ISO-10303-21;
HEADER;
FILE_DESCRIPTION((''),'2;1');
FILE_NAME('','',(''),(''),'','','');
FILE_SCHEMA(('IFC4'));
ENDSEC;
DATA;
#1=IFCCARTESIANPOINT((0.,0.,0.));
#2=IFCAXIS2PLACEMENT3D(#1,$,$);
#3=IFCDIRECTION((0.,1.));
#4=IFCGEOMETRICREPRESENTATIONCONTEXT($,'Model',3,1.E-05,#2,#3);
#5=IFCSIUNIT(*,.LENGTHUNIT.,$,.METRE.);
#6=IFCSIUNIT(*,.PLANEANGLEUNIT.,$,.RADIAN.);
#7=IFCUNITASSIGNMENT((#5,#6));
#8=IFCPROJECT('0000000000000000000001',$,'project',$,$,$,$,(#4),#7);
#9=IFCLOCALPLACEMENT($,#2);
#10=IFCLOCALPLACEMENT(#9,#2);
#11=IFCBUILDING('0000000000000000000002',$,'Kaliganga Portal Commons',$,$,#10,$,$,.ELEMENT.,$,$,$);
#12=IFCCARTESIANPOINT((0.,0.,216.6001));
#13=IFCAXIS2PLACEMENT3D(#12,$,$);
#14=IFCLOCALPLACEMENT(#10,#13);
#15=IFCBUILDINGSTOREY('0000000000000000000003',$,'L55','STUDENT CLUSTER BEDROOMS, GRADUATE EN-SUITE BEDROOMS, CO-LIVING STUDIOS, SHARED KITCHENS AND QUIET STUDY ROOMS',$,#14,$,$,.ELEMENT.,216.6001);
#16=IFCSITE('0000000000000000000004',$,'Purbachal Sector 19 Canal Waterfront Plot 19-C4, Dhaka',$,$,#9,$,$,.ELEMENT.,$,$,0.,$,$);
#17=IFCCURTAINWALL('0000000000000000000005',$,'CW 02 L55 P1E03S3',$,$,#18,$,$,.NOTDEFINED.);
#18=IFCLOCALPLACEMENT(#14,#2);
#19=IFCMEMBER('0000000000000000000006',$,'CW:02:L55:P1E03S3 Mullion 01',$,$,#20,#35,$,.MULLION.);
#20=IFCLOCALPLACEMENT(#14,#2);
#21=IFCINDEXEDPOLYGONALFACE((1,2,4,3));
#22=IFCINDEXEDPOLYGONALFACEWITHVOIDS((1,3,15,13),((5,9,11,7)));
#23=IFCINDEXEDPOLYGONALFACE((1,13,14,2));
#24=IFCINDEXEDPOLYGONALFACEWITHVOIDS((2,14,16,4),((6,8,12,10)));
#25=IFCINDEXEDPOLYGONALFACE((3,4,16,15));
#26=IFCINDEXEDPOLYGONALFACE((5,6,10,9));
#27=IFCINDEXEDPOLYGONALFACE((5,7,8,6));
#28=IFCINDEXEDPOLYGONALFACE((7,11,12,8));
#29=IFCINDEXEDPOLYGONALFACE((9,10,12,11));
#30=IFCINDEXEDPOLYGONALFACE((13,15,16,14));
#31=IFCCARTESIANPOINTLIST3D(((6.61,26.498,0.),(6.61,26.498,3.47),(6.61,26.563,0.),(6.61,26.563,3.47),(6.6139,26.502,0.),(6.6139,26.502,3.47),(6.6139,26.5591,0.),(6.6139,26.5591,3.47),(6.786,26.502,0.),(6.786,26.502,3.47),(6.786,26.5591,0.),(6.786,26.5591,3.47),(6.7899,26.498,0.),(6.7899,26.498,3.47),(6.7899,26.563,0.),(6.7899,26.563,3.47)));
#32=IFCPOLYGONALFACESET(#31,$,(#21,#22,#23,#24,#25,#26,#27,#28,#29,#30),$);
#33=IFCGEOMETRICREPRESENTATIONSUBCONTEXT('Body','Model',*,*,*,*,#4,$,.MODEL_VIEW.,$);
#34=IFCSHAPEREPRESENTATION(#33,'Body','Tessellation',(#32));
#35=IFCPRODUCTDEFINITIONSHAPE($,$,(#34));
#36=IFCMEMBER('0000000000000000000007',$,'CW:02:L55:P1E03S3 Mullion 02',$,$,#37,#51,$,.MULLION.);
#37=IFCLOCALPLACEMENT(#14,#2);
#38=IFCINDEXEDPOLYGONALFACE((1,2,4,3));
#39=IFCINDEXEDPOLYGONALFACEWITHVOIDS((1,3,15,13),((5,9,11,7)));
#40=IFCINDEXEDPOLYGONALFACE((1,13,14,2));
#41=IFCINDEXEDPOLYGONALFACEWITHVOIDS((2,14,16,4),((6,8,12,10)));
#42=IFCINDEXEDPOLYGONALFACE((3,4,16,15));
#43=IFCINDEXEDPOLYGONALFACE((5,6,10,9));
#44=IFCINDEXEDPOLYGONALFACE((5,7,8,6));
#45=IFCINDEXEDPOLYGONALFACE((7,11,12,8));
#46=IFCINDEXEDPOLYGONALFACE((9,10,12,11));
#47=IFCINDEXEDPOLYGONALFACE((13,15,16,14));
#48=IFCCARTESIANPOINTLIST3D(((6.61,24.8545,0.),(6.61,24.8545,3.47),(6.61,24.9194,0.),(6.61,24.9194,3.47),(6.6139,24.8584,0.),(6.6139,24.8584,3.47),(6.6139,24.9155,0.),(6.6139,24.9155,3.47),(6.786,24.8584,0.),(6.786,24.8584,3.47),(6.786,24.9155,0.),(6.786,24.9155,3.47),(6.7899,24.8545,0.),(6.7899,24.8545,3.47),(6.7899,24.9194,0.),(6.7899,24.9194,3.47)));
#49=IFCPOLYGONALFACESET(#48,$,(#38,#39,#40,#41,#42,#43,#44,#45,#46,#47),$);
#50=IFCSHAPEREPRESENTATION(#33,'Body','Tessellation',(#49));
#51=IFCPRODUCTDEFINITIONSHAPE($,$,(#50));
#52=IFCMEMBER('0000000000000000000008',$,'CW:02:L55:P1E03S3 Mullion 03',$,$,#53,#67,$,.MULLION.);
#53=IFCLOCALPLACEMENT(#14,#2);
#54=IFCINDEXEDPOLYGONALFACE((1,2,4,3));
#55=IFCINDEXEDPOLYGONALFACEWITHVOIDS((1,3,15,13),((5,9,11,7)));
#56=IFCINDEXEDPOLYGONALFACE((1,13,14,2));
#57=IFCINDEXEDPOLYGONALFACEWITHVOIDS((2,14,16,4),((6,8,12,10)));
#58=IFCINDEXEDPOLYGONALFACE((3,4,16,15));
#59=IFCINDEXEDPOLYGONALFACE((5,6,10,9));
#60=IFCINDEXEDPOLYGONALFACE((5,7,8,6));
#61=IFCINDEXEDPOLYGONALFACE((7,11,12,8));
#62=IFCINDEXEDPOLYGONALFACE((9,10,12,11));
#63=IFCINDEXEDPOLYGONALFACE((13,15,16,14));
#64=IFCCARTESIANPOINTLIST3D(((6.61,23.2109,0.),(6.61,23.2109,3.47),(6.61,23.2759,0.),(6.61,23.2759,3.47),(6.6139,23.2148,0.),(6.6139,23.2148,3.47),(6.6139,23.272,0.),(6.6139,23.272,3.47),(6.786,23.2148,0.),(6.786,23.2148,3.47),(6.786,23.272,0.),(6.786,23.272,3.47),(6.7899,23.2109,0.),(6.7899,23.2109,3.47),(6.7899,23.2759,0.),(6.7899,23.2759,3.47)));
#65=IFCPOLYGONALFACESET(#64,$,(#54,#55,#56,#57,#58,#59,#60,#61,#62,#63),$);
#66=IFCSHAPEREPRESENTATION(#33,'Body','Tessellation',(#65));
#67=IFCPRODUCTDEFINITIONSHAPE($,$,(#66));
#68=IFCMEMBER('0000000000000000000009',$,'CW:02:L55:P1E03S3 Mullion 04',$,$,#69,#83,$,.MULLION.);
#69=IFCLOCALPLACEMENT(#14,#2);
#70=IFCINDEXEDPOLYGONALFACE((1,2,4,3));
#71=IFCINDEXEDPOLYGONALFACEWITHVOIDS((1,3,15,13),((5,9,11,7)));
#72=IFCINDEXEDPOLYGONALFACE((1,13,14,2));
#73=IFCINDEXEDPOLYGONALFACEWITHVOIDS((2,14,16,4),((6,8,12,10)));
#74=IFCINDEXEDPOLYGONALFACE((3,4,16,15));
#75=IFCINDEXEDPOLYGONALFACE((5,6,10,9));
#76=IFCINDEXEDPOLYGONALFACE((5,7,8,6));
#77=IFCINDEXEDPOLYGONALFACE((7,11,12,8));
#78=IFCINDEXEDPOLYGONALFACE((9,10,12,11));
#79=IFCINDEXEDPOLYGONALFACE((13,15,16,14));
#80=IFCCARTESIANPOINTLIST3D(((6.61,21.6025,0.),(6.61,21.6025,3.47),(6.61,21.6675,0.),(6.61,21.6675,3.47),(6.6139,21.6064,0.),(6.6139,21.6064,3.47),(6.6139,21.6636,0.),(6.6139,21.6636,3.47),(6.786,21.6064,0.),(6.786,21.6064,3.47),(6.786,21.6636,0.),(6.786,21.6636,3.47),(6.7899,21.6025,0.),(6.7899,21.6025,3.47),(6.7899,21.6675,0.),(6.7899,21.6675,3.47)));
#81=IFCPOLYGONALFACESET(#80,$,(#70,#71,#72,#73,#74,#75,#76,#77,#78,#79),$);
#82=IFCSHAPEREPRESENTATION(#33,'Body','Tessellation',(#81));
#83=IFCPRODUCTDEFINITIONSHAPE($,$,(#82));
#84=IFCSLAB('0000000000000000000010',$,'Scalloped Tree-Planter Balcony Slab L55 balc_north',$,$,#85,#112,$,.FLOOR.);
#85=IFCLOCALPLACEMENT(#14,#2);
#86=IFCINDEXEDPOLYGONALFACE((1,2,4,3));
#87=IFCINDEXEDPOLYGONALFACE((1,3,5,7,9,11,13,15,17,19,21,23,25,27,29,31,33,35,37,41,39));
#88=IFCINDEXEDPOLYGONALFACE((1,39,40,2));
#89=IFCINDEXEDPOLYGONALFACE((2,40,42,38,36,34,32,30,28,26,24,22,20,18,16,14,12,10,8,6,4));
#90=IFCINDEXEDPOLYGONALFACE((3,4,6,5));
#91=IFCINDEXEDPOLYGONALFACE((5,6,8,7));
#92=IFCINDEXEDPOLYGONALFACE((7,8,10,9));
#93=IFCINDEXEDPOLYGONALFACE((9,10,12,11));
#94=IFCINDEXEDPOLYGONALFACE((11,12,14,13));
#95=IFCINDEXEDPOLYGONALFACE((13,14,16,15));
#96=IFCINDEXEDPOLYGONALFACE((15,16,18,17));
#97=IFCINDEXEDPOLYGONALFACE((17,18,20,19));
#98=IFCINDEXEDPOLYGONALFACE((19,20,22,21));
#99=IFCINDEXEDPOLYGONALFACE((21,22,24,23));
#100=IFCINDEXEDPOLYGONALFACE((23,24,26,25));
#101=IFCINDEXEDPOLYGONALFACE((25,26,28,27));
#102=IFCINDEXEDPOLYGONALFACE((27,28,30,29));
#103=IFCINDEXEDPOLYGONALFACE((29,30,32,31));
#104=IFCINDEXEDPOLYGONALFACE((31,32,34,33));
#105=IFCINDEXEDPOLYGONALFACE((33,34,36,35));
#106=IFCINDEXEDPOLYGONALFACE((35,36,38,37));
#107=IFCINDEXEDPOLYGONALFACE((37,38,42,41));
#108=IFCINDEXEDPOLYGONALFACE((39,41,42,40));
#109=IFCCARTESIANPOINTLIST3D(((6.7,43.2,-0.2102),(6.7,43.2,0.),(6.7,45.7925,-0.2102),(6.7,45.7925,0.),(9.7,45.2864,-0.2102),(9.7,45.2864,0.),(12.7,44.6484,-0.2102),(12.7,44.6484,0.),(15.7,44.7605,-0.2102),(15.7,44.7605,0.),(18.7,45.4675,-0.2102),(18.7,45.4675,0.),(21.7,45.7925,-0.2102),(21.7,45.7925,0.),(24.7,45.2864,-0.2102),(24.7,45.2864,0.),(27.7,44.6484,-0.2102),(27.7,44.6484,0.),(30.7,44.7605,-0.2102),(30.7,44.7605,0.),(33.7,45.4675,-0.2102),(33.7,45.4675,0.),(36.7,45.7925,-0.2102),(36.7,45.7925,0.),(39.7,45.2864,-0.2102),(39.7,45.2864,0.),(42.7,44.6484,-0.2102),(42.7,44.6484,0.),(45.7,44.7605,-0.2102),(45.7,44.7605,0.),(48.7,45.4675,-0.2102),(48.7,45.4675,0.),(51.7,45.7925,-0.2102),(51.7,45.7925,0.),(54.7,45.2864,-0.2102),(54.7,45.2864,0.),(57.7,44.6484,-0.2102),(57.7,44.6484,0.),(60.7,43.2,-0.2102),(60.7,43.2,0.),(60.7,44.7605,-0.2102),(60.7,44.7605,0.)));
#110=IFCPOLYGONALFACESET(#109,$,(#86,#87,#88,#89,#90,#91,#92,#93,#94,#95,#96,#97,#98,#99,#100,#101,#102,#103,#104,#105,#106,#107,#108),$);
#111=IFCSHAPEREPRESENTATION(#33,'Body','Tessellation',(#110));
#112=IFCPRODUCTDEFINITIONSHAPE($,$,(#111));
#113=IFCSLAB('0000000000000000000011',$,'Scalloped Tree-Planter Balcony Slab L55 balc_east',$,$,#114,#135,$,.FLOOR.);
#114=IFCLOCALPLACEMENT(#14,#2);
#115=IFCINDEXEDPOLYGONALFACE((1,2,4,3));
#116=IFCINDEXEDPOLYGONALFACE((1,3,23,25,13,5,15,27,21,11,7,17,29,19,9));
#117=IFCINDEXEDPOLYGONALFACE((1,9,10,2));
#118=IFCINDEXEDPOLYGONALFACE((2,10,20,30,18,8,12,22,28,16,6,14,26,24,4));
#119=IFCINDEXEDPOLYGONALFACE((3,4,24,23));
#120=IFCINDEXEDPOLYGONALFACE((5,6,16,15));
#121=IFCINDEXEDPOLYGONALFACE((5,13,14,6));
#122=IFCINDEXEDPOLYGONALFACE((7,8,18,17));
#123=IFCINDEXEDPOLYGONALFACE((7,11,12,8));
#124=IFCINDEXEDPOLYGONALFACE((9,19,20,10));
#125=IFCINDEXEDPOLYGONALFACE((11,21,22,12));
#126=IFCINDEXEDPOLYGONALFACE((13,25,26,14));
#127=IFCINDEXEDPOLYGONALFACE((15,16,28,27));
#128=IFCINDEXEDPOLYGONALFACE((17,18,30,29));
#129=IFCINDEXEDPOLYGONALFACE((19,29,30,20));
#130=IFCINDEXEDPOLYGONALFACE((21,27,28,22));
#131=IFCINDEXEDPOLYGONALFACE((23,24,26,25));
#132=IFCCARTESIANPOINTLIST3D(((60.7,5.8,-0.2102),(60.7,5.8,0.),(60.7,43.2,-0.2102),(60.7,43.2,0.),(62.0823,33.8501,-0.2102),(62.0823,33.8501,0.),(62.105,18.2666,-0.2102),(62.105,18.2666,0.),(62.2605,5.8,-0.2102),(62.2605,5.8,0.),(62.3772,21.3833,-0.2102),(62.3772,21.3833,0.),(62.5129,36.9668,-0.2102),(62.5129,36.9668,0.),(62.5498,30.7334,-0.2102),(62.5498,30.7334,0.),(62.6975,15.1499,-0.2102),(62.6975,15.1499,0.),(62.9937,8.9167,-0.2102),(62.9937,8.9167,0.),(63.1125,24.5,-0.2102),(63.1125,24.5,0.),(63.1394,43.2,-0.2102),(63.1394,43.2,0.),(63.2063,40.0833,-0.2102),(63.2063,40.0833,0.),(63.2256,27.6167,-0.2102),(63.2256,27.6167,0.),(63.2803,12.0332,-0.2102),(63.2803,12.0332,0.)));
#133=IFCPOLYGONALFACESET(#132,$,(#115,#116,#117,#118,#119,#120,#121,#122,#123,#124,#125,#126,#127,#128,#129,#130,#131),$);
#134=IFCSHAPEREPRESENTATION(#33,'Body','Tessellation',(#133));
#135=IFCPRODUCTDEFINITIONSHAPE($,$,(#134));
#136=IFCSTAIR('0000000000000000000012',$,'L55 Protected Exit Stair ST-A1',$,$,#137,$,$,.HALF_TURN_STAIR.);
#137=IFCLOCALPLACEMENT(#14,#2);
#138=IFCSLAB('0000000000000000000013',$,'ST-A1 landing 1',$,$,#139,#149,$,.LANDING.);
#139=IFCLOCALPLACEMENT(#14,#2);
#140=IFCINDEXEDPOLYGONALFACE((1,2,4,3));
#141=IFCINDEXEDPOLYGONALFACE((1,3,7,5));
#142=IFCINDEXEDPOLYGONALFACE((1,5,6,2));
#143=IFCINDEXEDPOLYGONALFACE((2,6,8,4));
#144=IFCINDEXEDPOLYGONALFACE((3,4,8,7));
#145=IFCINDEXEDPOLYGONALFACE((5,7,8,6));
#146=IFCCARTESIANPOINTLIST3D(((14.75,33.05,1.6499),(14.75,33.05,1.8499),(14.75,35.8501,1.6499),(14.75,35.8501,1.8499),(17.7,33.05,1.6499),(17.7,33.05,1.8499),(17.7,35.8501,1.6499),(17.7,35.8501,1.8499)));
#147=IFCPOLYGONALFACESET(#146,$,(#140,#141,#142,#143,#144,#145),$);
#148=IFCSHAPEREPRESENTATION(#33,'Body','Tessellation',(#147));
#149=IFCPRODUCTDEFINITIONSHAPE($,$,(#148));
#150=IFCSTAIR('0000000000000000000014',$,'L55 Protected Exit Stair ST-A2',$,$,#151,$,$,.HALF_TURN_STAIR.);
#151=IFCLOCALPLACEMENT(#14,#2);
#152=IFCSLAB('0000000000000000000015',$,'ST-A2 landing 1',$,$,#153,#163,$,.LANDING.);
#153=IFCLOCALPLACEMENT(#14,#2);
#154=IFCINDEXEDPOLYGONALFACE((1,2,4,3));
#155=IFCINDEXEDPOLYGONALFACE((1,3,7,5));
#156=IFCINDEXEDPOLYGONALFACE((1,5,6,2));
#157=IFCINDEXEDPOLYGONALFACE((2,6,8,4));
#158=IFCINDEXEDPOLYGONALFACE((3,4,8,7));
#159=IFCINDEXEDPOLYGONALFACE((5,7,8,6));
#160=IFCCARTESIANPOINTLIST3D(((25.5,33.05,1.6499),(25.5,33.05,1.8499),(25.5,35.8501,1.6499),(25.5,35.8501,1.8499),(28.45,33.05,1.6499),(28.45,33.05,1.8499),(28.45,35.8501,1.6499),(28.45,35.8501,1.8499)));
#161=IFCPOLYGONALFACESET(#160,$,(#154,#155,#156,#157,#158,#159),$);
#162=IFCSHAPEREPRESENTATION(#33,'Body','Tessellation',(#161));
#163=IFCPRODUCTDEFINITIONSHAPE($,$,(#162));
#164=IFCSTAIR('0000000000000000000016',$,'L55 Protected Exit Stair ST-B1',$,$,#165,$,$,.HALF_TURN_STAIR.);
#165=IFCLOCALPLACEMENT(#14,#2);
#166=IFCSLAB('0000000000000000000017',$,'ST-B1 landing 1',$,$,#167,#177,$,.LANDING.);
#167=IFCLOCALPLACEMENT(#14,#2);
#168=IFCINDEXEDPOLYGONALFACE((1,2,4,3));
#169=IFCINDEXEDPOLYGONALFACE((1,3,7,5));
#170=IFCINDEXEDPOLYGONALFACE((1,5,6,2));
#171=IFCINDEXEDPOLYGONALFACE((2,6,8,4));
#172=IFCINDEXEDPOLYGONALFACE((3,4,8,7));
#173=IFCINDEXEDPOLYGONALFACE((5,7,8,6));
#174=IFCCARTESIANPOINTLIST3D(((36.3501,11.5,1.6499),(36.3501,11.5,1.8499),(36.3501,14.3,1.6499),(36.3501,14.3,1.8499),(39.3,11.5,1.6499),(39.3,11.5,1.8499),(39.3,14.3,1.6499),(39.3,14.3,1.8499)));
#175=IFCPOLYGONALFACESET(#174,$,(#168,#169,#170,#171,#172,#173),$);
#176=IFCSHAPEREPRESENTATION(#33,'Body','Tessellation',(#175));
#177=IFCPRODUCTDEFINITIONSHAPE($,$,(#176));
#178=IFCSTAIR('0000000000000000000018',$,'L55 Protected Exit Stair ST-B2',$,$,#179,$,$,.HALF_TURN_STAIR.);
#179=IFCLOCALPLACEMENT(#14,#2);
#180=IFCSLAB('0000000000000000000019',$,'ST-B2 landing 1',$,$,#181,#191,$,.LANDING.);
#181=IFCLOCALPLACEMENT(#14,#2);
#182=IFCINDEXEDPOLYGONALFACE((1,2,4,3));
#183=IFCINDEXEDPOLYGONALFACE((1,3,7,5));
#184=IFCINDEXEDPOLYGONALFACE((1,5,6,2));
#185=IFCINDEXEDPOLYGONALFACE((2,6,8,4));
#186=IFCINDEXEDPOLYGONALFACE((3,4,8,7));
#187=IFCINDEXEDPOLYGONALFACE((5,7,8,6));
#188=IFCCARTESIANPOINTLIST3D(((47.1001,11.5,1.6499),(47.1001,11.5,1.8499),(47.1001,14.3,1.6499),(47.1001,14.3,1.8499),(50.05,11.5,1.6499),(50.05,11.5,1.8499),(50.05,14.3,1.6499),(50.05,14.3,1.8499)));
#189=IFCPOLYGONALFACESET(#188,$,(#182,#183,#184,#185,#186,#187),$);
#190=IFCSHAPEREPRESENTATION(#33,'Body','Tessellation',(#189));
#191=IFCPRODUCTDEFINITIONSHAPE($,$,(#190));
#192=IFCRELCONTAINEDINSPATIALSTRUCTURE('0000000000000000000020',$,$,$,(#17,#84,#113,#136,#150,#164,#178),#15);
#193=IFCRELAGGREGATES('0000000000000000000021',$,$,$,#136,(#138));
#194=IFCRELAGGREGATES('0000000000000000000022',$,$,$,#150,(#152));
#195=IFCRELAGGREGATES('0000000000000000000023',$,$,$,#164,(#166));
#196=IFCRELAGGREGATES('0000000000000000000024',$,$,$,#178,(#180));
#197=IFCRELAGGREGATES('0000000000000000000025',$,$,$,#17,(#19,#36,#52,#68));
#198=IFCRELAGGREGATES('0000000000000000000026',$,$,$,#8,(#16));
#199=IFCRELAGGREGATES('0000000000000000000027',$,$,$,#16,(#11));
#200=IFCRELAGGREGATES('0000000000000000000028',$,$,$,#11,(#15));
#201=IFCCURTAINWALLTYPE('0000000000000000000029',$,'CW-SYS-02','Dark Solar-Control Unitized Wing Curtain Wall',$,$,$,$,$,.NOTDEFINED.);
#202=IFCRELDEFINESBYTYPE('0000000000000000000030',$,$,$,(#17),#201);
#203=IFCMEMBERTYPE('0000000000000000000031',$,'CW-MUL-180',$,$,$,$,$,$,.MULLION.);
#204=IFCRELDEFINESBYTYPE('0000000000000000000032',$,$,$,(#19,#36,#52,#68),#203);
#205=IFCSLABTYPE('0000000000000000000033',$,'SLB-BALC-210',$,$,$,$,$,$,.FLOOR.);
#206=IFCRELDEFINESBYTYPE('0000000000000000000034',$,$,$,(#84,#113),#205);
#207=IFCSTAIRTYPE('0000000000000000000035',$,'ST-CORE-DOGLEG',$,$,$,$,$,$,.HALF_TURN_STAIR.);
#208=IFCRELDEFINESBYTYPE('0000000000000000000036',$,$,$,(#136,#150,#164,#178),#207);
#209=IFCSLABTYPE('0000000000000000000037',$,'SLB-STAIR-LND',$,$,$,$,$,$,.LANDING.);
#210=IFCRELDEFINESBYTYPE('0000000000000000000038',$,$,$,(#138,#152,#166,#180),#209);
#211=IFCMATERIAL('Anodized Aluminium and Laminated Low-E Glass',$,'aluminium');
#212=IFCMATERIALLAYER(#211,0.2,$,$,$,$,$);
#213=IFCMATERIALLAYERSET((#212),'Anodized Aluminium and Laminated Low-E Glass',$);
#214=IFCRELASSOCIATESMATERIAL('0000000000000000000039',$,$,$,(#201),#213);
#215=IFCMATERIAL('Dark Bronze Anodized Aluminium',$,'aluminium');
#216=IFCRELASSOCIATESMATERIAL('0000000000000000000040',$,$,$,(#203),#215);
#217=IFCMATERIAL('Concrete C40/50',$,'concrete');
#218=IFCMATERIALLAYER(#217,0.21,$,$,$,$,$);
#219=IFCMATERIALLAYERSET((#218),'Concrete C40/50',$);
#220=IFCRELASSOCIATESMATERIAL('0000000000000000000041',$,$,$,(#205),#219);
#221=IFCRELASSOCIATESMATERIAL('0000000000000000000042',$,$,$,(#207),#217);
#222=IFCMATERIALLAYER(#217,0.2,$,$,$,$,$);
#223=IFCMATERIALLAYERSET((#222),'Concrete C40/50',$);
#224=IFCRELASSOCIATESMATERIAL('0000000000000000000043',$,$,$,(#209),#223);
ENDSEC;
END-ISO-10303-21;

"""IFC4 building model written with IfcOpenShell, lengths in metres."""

from ifc_helpers import new_model, si_unit, direction, frame, origin, origin_2d, place, context, subcontext, project, spatial, polyline, hollow_rectangle, outline, extrude, source, transform, mapped, material, layer, layer_set, material_profile, profile_set, type_object, element, aggregate, save


model = new_model("IFC4")

# Units and contexts
model_context = context("Model", 3, precision=1e-05, world=origin(), true_north=direction((0.0, 1.0)))
body_context = subcontext(model_context, "Body", "Model", "MODEL_VIEW")
ifc_project = project(units=[si_unit("LENGTHUNIT", "METRE"), si_unit("PLANEANGLEUNIT", "RADIAN")], contexts=[model_context])

# Site, building, storey
site_placement = place(None, origin())
site = spatial("IfcSite", under=ifc_project, at=site_placement, Name="Purbachal Sector 19 Canal Waterfront Plot 19-C4, Dhaka", CompositionType="ELEMENT", RefElevation=0.0)
building_placement = place(site_placement, origin())
building = spatial("IfcBuilding", under=site, at=building_placement, Name="Kaliganga Portal Commons", CompositionType="ELEMENT")
storey_placement = place(building_placement, frame((0.0, 0.0, 216.6001)))
storey = spatial("IfcBuildingStorey", under=building, at=storey_placement, Name="L55", Description="STUDENT CLUSTER BEDROOMS, GRADUATE EN-SUITE BEDROOMS, CO-LIVING STUDIOS, SHARED KITCHENS AND QUIET STUDY ROOMS", CompositionType="ELEMENT", Elevation=216.6001)

# Curtain wall, members
ifc_material_1 = material(Name="Anodized Aluminium and Laminated Low-E Glass", Category="aluminium")
ifc_layer_1 = layer(ifc_material_1, 0.2)
ifc_layer_set_1 = layer_set([ifc_layer_1], Name="Anodized Aluminium and Laminated Low-E Glass")
curtain_wall_type = type_object("IfcCurtainWallType", Name="CW-SYS-02", Description="Dark Solar-Control Unitized Wing Curtain Wall", PredefinedType="NOTDEFINED", material=ifc_layer_set_1)
curtain_wall_placement = place(storey_placement, origin())
curtain_wall = element("IfcCurtainWall", 1, at=curtain_wall_placement, inside=storey, type_object=curtain_wall_type, Name="CW 02 L55 P1E03S3", PredefinedType="NOTDEFINED")
ifc_material_2 = material(Name="Dark Bronze Anodized Aluminium", Category="aluminium")
ifc_material_profile = material_profile(ifc_material_2, hollow_rectangle(XDim=0.0649, YDim=0.1799, WallThickness=0.0039, at=origin_2d()), Name="ALU MULL 65x180x4")
ifc_profile_set = profile_set([ifc_material_profile], Name="Dark Bronze Anodized Aluminium")
member_type = type_object("IfcMemberType", Name="CW-MUL-180", PredefinedType="MULLION", material=ifc_profile_set)
shared_shape_1 = source(origin(), body_context, "Body", "SweptSolid", [
    extrude(hollow_rectangle(XDim=0.0649, YDim=0.1799, WallThickness=0.0039, at=origin_2d()), origin(), (0.0, 0.0, 1.0), 3.47),
])
member_1_placement = place(storey_placement, frame((6.7, 26.5305, 0.0), z_axis=(0.0, 0.0, 1.0), x_axis=(0.0, -1.0, 0.0)))
member_1 = element("IfcMember", 2, at=member_1_placement, type_object=member_type, Name="CW:02:L55:P1E03S3 Mullion 01", PredefinedType="MULLION", context=body_context, shape_type="MappedRepresentation", body=[
    mapped(shared_shape_1, transform((0.0, 0.0, 0.0), x_axis=(1.0, 0.0, 0.0), y_axis=(0.0, 1.0, 0.0), z_axis=(0.0, 0.0, 1.0), scale=1.0)),
])
member_2_placement = place(storey_placement, frame((6.7, 24.887, 0.0), z_axis=(0.0, 0.0, 1.0), x_axis=(0.0, -1.0, 0.0)))
member_2 = element("IfcMember", 3, at=member_2_placement, type_object=member_type, Name="CW:02:L55:P1E03S3 Mullion 02", PredefinedType="MULLION", context=body_context, shape_type="MappedRepresentation", body=[
    mapped(shared_shape_1, transform((0.0, 0.0, 0.0), x_axis=(1.0, 0.0, 0.0), y_axis=(0.0, 1.0, 0.0), z_axis=(0.0, 0.0, 1.0), scale=1.0)),
])
member_3_placement = place(storey_placement, frame((6.7, 23.2434, 0.0), z_axis=(0.0, 0.0, 1.0), x_axis=(0.0, -1.0, 0.0)))
member_3 = element("IfcMember", 4, at=member_3_placement, type_object=member_type, Name="CW:02:L55:P1E03S3 Mullion 03", PredefinedType="MULLION", context=body_context, shape_type="MappedRepresentation", body=[
    mapped(shared_shape_1, transform((0.0, 0.0, 0.0), x_axis=(1.0, 0.0, 0.0), y_axis=(0.0, 1.0, 0.0), z_axis=(0.0, 0.0, 1.0), scale=1.0)),
])
member_4_placement = place(storey_placement, frame((6.7, 21.635, 0.0), z_axis=(0.0, 0.0, 1.0), x_axis=(0.0, -1.0, 0.0)))
member_4 = element("IfcMember", 5, at=member_4_placement, type_object=member_type, Name="CW:02:L55:P1E03S3 Mullion 04", PredefinedType="MULLION", context=body_context, shape_type="MappedRepresentation", body=[
    mapped(shared_shape_1, transform((0.0, 0.0, 0.0), x_axis=(1.0, 0.0, 0.0), y_axis=(0.0, 1.0, 0.0), z_axis=(0.0, 0.0, 1.0), scale=1.0)),
])

# Slabs
ifc_material_3 = material(Name="Concrete C40/50", Category="concrete")
ifc_layer_2 = layer(ifc_material_3, 0.21)
ifc_layer_set_2 = layer_set([ifc_layer_2], Name="Concrete C40/50")
slab_type_1 = type_object("IfcSlabType", Name="SLB-BALC-210", PredefinedType="FLOOR", material=ifc_layer_set_2)
slab_1_placement = place(storey_placement, frame((0.0, 0.0, -0.2102)))
element("IfcSlab", 6, at=slab_1_placement, inside=storey, type_object=slab_type_1, Name="Scalloped Tree-Planter Balcony Slab L55 balc_north", PredefinedType="FLOOR", context=body_context, shape_type="SweptSolid", body=[
    extrude(outline(polyline([(60.7, 43.2), (60.7, 44.7605), (57.7, 44.6484), (54.7, 45.2864), (51.7, 45.7925), (48.7, 45.4675), (45.7, 44.7605), (42.7, 44.6484), (39.7, 45.2864), (36.7, 45.7925), (33.7, 45.4675), (30.7, 44.7605), (27.7, 44.6484), (24.7, 45.2864), (21.7, 45.7925), (18.7, 45.4675), (15.7, 44.7605), (12.7, 44.6484), (9.7, 45.2864), (6.7, 45.7925), (6.7, 43.2), (60.7, 43.2)])), origin(), (0.0, 0.0, 1.0), 0.2102),
])
slab_2_placement = place(storey_placement, frame((0.0, 0.0, -0.2102)))
element("IfcSlab", 7, at=slab_2_placement, inside=storey, type_object=slab_type_1, Name="Scalloped Tree-Planter Balcony Slab L55 balc_east", PredefinedType="FLOOR", context=body_context, shape_type="SweptSolid", body=[
    extrude(outline(polyline([(60.7, 5.8), (62.2605, 5.8), (62.9937, 8.9167), (63.2803, 12.0332), (62.6975, 15.1499), (62.105, 18.2666), (62.3772, 21.3833), (63.1125, 24.5), (63.2256, 27.6167), (62.5498, 30.7334), (62.0823, 33.8501), (62.5129, 36.9668), (63.2063, 40.0833), (63.1394, 43.2), (60.7, 43.2), (60.7, 5.8)])), origin(), (0.0, 0.0, 1.0), 0.2102),
])

# Stairs, slabs
stair_type = type_object("IfcStairType", Name="ST-CORE-DOGLEG", PredefinedType="HALF_TURN_STAIR", material=ifc_material_3)
stair_1_placement = place(storey_placement, origin())
stair_1 = element("IfcStair", 8, at=stair_1_placement, inside=storey, type_object=stair_type, Name="L55 Protected Exit Stair ST-A1", PredefinedType="HALF_TURN_STAIR")
ifc_layer_3 = layer(ifc_material_3, 0.2)
ifc_layer_set_3 = layer_set([ifc_layer_3], Name="Concrete C40/50")
slab_type_2 = type_object("IfcSlabType", Name="SLB-STAIR-LND", PredefinedType="LANDING", material=ifc_layer_set_3)
slab_3_placement = place(storey_placement, frame((0.0, 0.0, 1.6499)))
slab_3 = element("IfcSlab", 9, at=slab_3_placement, type_object=slab_type_2, Name="ST-A1 landing 1", PredefinedType="LANDING", context=body_context, shape_type="SweptSolid", body=[
    extrude(outline(polyline([(17.7, 33.05), (17.7, 35.8501), (14.75, 35.8501), (14.75, 33.05), (17.7, 33.05)])), origin(), (0.0, 0.0, 1.0), 0.2),
])
aggregate(stair_1, [slab_3])
stair_2_placement = place(storey_placement, origin())
stair_2 = element("IfcStair", 10, at=stair_2_placement, inside=storey, type_object=stair_type, Name="L55 Protected Exit Stair ST-A2", PredefinedType="HALF_TURN_STAIR")
slab_4_placement = place(storey_placement, frame((0.0, 0.0, 1.6499)))
slab_4 = element("IfcSlab", 11, at=slab_4_placement, type_object=slab_type_2, Name="ST-A2 landing 1", PredefinedType="LANDING", context=body_context, shape_type="SweptSolid", body=[
    extrude(outline(polyline([(28.45, 33.05), (28.45, 35.8501), (25.5, 35.8501), (25.5, 33.05), (28.45, 33.05)])), origin(), (0.0, 0.0, 1.0), 0.2),
])
aggregate(stair_2, [slab_4])
stair_3_placement = place(storey_placement, origin())
stair_3 = element("IfcStair", 12, at=stair_3_placement, inside=storey, type_object=stair_type, Name="L55 Protected Exit Stair ST-B1", PredefinedType="HALF_TURN_STAIR")
slab_5_placement = place(storey_placement, frame((0.0, 0.0, 1.6499)))
slab_5 = element("IfcSlab", 13, at=slab_5_placement, type_object=slab_type_2, Name="ST-B1 landing 1", PredefinedType="LANDING", context=body_context, shape_type="SweptSolid", body=[
    extrude(outline(polyline([(39.3, 11.5), (39.3, 14.3), (36.3501, 14.3), (36.3501, 11.5), (39.3, 11.5)])), origin(), (0.0, 0.0, 1.0), 0.2),
])
aggregate(stair_3, [slab_5])
stair_4_placement = place(storey_placement, origin())
stair_4 = element("IfcStair", 14, at=stair_4_placement, inside=storey, type_object=stair_type, Name="L55 Protected Exit Stair ST-B2", PredefinedType="HALF_TURN_STAIR")
slab_6_placement = place(storey_placement, frame((0.0, 0.0, 1.6499)))
slab_6 = element("IfcSlab", 15, at=slab_6_placement, type_object=slab_type_2, Name="ST-B2 landing 1", PredefinedType="LANDING", context=body_context, shape_type="SweptSolid", body=[
    extrude(outline(polyline([(50.05, 11.5), (50.05, 14.3), (47.1001, 14.3), (47.1001, 11.5), (50.05, 11.5)])), origin(), (0.0, 0.0, 1.0), 0.2),
])
aggregate(stair_4, [slab_6])

aggregate(curtain_wall, [member_1, member_2, member_3, member_4])

save(model, "model.ifc")
